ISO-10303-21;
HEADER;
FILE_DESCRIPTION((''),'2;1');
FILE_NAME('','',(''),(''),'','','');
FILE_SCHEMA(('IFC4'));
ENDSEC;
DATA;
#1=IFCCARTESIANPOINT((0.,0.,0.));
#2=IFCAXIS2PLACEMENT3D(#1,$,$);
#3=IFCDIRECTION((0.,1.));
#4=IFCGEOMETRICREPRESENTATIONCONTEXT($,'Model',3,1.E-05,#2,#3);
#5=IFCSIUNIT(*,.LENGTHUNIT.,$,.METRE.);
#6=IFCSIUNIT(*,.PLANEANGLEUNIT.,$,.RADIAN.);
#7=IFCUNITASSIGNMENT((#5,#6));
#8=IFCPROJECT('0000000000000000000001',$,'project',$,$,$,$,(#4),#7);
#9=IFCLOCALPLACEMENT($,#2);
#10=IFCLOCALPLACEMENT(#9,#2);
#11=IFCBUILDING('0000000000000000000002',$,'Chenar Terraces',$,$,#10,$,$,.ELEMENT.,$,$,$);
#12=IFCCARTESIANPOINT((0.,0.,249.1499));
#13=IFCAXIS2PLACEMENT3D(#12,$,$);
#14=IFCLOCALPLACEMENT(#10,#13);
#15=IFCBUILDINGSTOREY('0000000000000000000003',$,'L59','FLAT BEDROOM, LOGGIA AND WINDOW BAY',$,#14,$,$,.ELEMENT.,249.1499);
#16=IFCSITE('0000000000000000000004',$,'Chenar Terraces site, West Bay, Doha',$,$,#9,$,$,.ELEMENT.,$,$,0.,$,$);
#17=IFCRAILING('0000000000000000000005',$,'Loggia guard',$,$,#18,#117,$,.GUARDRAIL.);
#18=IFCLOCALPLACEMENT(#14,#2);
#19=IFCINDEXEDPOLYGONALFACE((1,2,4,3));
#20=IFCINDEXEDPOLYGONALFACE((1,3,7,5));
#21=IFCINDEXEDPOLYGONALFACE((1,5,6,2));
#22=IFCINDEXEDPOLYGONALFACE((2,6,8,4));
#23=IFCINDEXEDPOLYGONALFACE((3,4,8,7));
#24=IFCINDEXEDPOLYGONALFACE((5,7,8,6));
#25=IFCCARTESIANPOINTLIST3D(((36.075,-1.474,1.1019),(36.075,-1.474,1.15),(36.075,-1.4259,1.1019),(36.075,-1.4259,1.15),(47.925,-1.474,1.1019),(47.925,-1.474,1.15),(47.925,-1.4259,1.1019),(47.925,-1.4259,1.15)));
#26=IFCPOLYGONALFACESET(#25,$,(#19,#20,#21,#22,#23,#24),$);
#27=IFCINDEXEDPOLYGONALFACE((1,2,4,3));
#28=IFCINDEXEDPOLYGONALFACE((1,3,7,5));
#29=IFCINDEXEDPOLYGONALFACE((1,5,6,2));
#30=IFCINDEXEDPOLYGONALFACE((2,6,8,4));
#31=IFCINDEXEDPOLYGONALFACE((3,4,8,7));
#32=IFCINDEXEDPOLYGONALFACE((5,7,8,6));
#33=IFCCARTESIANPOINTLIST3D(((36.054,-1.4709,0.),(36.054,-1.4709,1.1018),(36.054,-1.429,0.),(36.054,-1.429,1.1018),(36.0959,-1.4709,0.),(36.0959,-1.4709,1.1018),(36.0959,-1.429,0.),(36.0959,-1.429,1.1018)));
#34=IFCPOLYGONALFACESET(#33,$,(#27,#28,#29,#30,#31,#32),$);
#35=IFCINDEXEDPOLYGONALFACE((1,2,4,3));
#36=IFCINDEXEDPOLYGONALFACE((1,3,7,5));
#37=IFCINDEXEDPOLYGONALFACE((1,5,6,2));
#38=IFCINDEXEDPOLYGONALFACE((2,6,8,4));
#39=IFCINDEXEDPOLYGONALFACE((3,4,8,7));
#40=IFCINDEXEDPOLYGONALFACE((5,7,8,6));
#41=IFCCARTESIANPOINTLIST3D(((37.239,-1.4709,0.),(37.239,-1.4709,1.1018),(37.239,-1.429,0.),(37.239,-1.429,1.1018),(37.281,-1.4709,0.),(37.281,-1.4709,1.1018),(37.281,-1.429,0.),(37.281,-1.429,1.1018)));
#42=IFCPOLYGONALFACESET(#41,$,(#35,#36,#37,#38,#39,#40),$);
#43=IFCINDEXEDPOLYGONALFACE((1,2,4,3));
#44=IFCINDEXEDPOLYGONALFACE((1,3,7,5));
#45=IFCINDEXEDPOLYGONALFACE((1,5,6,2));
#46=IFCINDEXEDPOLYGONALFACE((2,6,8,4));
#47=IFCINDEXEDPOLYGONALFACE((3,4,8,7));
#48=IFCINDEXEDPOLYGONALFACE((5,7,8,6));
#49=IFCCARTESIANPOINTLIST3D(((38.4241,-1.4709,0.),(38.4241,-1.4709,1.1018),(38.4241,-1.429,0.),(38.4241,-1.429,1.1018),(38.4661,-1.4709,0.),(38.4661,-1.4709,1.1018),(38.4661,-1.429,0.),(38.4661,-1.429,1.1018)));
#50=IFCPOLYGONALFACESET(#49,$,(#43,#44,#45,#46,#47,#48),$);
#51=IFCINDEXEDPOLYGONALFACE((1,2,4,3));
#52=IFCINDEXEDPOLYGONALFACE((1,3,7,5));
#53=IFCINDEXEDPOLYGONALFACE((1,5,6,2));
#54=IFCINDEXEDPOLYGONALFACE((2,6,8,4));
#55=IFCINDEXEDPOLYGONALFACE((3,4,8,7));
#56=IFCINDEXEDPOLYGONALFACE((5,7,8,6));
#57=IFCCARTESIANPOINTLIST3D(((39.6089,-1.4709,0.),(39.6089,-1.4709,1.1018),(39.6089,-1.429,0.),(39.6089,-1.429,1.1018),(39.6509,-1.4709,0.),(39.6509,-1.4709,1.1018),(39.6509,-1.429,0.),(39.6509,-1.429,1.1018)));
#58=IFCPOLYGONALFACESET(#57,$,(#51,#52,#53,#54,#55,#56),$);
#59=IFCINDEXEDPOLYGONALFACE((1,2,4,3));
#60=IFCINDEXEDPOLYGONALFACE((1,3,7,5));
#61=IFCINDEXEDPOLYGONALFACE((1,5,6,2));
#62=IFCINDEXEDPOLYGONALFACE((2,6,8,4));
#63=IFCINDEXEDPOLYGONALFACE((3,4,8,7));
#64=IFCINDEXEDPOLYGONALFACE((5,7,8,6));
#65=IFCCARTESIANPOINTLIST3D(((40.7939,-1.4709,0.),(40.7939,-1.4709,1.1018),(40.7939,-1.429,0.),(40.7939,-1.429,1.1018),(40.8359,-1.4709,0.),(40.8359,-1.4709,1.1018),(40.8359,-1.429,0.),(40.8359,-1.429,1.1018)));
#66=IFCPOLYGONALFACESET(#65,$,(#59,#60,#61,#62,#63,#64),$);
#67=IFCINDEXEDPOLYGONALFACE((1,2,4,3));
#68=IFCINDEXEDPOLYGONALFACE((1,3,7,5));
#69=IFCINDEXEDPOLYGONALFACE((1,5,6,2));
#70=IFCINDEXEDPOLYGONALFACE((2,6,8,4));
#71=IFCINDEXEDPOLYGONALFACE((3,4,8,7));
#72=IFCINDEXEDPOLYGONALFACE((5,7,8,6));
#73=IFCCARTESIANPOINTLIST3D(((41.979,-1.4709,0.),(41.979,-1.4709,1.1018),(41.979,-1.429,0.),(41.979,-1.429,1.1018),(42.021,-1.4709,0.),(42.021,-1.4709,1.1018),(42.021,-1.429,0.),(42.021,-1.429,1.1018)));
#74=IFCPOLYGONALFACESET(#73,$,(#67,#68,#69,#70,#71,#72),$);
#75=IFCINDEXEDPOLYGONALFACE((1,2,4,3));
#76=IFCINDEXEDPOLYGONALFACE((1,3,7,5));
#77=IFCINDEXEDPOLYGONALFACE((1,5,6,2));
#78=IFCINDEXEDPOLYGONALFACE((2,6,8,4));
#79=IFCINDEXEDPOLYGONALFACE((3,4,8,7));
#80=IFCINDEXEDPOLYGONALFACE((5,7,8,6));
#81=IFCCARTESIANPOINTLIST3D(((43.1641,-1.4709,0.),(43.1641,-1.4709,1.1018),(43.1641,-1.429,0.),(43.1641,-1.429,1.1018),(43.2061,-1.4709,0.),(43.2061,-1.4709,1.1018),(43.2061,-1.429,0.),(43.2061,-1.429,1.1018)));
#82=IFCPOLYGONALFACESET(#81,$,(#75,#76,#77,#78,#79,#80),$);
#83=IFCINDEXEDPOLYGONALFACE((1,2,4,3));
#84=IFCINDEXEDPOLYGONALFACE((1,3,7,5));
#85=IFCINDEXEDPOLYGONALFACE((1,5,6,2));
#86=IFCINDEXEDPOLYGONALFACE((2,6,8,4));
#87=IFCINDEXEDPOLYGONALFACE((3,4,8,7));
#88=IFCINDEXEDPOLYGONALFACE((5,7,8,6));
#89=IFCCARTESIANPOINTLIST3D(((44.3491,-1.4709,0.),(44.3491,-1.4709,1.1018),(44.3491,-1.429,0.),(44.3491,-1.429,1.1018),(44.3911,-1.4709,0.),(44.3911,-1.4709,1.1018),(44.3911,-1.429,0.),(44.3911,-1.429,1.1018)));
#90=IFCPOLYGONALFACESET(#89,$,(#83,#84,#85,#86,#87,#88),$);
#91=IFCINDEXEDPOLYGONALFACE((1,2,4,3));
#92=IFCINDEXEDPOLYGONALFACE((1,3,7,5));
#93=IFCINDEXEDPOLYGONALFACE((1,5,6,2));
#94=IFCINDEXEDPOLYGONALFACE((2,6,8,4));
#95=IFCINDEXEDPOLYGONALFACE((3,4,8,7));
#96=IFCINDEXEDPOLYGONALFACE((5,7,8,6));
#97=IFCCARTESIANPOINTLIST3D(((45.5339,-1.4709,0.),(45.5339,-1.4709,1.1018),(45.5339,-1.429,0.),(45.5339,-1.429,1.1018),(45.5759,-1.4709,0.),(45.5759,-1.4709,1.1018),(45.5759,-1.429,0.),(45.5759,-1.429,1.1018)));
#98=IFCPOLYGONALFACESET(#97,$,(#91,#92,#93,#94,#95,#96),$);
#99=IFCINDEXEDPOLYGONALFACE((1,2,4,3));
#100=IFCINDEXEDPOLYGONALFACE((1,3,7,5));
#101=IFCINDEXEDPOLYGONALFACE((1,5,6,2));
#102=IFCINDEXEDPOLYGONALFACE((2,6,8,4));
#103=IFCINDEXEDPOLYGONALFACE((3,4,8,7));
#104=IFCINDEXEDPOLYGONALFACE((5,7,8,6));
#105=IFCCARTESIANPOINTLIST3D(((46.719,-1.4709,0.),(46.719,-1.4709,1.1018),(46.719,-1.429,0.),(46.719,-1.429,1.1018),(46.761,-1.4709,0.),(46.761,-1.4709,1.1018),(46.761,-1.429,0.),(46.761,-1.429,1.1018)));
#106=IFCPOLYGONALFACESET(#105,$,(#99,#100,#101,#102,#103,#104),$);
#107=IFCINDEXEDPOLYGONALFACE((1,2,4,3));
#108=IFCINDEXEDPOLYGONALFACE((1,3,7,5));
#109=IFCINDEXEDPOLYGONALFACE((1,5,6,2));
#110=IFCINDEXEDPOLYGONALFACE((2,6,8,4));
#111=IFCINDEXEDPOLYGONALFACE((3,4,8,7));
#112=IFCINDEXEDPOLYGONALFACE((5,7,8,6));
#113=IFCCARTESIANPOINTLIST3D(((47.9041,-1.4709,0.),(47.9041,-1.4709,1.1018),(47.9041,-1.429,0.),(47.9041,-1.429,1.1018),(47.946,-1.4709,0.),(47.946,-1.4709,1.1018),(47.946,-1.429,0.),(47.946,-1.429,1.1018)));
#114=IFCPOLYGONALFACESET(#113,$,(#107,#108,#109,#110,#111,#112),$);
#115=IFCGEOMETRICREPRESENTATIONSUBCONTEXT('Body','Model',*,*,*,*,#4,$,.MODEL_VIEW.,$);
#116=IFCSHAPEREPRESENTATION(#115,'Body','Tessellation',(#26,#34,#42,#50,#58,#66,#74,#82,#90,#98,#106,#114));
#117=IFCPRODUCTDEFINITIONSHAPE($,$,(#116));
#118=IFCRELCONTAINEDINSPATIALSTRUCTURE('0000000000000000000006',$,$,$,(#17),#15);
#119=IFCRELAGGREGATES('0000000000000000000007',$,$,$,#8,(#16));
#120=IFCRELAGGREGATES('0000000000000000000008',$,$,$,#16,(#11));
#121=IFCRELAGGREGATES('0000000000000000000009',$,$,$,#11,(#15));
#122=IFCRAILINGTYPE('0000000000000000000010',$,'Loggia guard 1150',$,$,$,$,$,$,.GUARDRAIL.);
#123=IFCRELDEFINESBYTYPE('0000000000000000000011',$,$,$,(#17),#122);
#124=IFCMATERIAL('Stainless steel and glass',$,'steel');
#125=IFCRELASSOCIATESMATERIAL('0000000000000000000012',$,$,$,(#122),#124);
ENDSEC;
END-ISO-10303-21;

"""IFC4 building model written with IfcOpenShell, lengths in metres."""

from ifc_helpers import new_model, si_unit, direction, frame, origin, origin_2d, place, context, subcontext, project, spatial, rectangle, extrude, material, type_object, element, save


model = new_model("IFC4")

# Units and contexts
model_context = context("Model", 3, precision=1e-05, world=origin(), true_north=direction((0.0, 1.0)))
body_context = subcontext(model_context, "Body", "Model", "MODEL_VIEW")
ifc_project = project(units=[si_unit("LENGTHUNIT", "METRE"), si_unit("PLANEANGLEUNIT", "RADIAN")], contexts=[model_context])

# Site, building, storey
site_placement = place(None, origin())
site = spatial("IfcSite", under=ifc_project, at=site_placement, Name="Chenar Terraces site, West Bay, Doha", CompositionType="ELEMENT", RefElevation=0.0)
building_placement = place(site_placement, origin())
building = spatial("IfcBuilding", under=site, at=building_placement, Name="Chenar Terraces", CompositionType="ELEMENT")
storey_placement = place(building_placement, frame((0.0, 0.0, 249.1499)))
storey = spatial("IfcBuildingStorey", under=building, at=storey_placement, Name="L59", Description="FLAT BEDROOM, LOGGIA AND WINDOW BAY", CompositionType="ELEMENT", Elevation=249.1499)

# Railing
ifc_material_1 = material(Name="Stainless steel and glass", Category="steel")
railing_type_1 = type_object("IfcRailingType", Name="Loggia guard 1150", PredefinedType="GUARDRAIL", material=ifc_material_1)
railing_1_placement = place(storey_placement, frame((36.075, -1.45, 0.0)))
element("IfcRailing", 1, at=railing_1_placement, inside=storey, type_object=railing_type_1, Name="Loggia guard", PredefinedType="GUARDRAIL", context=body_context, shape_type="SweptSolid", body=[
    extrude(rectangle(XDim=0.0481, YDim=0.0481, at=origin_2d()), frame((0.0, 0.0, 1.126), z_axis=(1.0, 0.0, 0.0), x_axis=(0.0, 1.0, 0.0)), (0.0, 0.0, 1.0), 11.8501),
    extrude(rectangle(XDim=0.042, YDim=0.042, at=origin_2d()), origin(), (0.0, 0.0, 1.0), 1.1018),
    extrude(rectangle(XDim=0.042, YDim=0.042, at=origin_2d()), frame((1.1851, 0.0, 0.0)), (0.0, 0.0, 1.0), 1.1018),
    extrude(rectangle(XDim=0.042, YDim=0.042, at=origin_2d()), frame((2.3701, 0.0, 0.0)), (0.0, 0.0, 1.0), 1.1018),
    extrude(rectangle(XDim=0.042, YDim=0.042, at=origin_2d()), frame((3.5549, 0.0, 0.0)), (0.0, 0.0, 1.0), 1.1018),
    extrude(rectangle(XDim=0.042, YDim=0.042, at=origin_2d()), frame((4.74, 0.0, 0.0)), (0.0, 0.0, 1.0), 1.1018),
    extrude(rectangle(XDim=0.042, YDim=0.042, at=origin_2d()), frame((5.925, 0.0, 0.0)), (0.0, 0.0, 1.0), 1.1018),
    extrude(rectangle(XDim=0.042, YDim=0.042, at=origin_2d()), frame((7.1101, 0.0, 0.0)), (0.0, 0.0, 1.0), 1.1018),
    extrude(rectangle(XDim=0.042, YDim=0.042, at=origin_2d()), frame((8.2952, 0.0, 0.0)), (0.0, 0.0, 1.0), 1.1018),
    extrude(rectangle(XDim=0.042, YDim=0.042, at=origin_2d()), frame((9.48, 0.0, 0.0)), (0.0, 0.0, 1.0), 1.1018),
    extrude(rectangle(XDim=0.042, YDim=0.042, at=origin_2d()), frame((10.665, 0.0, 0.0)), (0.0, 0.0, 1.0), 1.1018),
    extrude(rectangle(XDim=0.042, YDim=0.042, at=origin_2d()), frame((11.8501, 0.0, 0.0)), (0.0, 0.0, 1.0), 1.1018),
])

save(model, "model.ifc")
